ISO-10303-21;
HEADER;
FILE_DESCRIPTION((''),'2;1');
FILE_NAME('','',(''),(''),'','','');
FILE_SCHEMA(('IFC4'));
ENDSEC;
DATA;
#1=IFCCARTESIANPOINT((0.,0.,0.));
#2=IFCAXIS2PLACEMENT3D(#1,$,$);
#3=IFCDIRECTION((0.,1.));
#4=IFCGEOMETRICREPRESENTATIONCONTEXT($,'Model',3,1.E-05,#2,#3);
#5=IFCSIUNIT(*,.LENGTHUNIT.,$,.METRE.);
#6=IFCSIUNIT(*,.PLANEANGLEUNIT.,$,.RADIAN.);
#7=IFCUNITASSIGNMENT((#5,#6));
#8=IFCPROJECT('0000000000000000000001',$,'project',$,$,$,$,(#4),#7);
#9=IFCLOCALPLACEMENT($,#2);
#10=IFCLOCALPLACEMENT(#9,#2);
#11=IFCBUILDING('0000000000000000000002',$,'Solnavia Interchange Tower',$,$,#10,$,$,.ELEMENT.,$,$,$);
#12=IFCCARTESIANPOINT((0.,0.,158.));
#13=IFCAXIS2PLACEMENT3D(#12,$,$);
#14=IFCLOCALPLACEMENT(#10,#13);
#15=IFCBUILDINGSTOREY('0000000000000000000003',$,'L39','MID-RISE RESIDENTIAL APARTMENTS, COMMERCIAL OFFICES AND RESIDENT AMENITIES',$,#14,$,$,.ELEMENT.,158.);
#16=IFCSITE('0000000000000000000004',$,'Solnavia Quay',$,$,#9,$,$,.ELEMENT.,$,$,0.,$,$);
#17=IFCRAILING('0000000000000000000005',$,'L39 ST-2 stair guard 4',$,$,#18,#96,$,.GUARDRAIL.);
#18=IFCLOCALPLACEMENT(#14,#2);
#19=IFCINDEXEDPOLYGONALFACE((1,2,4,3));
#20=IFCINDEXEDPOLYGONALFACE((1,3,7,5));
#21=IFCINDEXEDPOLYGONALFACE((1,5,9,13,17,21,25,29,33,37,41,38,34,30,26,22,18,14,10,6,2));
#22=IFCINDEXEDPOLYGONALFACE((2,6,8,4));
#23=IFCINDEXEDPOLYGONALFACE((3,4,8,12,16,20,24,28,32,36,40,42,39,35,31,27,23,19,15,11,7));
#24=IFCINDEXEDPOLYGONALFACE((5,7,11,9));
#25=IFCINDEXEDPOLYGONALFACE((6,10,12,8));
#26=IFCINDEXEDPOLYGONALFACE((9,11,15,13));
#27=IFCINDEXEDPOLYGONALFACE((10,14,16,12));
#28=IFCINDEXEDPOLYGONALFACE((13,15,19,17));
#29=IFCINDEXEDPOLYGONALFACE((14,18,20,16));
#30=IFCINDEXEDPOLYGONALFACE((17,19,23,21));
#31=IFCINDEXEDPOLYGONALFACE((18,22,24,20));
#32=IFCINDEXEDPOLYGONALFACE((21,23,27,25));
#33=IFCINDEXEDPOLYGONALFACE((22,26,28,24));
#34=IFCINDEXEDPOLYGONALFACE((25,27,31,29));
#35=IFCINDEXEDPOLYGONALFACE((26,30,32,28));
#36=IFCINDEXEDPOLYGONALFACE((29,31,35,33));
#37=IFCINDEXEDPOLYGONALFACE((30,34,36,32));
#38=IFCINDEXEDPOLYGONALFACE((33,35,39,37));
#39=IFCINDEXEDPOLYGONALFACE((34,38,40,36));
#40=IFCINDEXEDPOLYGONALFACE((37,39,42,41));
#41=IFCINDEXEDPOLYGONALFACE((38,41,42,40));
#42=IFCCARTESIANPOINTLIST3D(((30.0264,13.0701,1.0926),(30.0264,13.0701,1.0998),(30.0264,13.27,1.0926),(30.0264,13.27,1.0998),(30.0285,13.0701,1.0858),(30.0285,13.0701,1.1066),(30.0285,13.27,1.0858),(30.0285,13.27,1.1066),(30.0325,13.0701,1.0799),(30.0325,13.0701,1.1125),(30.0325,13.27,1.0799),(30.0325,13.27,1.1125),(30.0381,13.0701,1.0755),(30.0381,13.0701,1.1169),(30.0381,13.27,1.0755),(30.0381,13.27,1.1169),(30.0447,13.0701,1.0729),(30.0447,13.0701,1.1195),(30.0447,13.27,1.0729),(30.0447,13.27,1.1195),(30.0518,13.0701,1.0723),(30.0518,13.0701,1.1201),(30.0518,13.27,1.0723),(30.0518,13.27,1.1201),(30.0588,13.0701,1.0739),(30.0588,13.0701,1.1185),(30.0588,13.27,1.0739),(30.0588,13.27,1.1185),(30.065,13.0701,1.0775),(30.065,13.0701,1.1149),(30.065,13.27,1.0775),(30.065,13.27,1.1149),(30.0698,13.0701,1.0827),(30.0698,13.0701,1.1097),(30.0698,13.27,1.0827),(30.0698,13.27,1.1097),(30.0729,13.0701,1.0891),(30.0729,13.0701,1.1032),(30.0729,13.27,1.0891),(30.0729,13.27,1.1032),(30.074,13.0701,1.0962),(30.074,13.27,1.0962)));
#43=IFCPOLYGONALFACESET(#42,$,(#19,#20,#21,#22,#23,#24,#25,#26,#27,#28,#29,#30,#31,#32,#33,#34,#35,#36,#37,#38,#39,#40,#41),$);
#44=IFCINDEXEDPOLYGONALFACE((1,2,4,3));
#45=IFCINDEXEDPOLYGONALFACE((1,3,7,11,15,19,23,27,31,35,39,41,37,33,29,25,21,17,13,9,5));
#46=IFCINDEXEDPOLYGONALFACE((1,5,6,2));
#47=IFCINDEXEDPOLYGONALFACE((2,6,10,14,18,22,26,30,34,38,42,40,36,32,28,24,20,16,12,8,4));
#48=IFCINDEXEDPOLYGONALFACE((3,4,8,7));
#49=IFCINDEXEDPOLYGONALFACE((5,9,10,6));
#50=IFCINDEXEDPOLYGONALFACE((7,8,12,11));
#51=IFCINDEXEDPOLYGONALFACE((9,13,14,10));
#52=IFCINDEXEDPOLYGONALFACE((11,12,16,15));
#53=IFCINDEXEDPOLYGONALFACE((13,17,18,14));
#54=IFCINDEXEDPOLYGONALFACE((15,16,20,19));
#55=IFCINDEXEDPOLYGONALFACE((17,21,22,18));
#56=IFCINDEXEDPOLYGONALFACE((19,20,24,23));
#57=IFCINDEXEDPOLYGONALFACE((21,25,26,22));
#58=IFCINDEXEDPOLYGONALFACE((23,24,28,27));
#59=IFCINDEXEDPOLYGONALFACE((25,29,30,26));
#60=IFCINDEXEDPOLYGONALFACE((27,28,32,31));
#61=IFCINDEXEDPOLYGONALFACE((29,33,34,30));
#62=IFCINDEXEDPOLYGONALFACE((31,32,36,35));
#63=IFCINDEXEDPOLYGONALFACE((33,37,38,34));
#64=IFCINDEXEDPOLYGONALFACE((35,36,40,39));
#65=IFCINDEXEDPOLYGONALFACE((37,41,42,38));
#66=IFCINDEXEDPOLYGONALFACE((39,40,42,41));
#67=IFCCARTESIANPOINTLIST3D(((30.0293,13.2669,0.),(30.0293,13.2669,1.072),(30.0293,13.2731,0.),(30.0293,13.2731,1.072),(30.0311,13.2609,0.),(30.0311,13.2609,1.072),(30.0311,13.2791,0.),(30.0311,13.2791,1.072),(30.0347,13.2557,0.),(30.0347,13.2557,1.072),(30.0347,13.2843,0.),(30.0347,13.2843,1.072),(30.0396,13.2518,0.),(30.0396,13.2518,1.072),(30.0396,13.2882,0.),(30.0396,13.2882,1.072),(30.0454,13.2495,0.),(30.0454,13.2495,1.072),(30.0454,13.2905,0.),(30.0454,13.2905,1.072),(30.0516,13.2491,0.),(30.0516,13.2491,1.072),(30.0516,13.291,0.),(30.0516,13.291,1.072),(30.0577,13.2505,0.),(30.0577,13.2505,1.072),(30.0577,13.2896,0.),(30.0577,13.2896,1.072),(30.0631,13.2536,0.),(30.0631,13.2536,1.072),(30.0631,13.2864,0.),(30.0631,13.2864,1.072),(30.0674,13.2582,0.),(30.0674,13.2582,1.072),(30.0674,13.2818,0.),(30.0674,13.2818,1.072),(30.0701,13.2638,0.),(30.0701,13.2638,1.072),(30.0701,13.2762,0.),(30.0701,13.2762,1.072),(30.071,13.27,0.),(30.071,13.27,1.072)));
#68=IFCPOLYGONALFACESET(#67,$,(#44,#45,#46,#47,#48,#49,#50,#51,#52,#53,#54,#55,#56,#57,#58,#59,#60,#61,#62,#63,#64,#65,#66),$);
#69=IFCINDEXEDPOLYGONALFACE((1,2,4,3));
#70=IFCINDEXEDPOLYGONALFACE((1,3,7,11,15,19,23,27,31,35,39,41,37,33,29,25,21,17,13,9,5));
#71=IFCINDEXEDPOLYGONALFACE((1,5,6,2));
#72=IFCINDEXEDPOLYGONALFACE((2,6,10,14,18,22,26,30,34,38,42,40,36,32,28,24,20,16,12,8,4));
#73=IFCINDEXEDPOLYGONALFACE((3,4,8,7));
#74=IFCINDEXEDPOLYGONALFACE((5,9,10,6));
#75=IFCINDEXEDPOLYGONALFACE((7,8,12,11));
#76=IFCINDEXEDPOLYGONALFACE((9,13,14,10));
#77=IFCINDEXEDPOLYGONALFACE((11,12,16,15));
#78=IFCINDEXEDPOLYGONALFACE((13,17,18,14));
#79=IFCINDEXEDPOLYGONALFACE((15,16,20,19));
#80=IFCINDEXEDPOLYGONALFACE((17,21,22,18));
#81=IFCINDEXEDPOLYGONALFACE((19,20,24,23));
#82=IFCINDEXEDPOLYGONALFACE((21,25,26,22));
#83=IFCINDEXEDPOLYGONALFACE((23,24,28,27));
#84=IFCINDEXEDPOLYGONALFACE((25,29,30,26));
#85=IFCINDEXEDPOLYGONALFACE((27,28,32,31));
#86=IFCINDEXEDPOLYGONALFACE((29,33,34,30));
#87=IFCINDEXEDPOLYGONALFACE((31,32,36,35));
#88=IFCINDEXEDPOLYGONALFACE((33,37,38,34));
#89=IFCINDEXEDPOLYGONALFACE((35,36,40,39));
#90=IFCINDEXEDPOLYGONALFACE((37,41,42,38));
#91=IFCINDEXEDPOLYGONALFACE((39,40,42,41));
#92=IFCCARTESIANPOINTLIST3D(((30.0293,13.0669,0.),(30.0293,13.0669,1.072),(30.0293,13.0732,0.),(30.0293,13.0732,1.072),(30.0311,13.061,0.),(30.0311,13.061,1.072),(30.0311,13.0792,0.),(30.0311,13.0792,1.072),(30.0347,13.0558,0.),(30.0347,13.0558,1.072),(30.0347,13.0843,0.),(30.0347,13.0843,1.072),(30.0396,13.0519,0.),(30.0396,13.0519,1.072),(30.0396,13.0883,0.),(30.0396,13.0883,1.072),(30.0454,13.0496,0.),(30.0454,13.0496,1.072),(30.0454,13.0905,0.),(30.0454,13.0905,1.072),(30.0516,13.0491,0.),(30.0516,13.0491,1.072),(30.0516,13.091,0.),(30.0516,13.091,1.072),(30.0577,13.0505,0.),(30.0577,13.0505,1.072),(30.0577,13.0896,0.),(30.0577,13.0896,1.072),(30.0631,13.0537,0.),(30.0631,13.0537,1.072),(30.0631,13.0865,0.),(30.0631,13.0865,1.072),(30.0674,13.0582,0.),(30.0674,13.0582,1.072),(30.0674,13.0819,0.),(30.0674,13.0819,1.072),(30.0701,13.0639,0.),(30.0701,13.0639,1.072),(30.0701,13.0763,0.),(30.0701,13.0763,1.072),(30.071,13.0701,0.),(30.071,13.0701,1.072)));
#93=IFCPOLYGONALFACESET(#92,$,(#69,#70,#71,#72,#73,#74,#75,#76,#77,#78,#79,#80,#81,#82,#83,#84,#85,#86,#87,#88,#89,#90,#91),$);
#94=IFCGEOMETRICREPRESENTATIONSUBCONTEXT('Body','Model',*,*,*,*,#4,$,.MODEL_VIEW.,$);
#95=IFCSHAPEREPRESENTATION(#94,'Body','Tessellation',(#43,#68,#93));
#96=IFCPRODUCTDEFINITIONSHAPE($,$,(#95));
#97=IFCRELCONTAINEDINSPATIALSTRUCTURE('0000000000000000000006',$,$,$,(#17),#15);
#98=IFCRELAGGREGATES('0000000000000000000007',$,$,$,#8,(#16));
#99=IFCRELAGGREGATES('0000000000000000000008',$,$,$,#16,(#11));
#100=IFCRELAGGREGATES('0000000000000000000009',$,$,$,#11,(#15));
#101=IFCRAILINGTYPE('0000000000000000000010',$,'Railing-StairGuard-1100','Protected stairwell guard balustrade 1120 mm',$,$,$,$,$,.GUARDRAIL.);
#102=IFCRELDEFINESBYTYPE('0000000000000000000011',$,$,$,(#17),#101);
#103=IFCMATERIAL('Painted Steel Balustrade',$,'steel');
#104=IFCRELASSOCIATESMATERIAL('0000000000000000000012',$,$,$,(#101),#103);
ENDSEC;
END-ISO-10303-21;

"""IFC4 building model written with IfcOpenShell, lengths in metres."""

from ifc_helpers import new_model, si_unit, direction, frame, origin, origin_2d, place, context, subcontext, project, spatial, circle, extrude, material, type_object, element, save


model = new_model("IFC4")

# Units and contexts
model_context = context("Model", 3, precision=1e-05, world=origin(), true_north=direction((0.0, 1.0)))
body_context = subcontext(model_context, "Body", "Model", "MODEL_VIEW")
ifc_project = project(units=[si_unit("LENGTHUNIT", "METRE"), si_unit("PLANEANGLEUNIT", "RADIAN")], contexts=[model_context])

# Site, building, storey
site_placement = place(None, origin())
site = spatial("IfcSite", under=ifc_project, at=site_placement, Name="Solnavia Quay", CompositionType="ELEMENT", RefElevation=0.0)
building_placement = place(site_placement, origin())
building = spatial("IfcBuilding", under=site, at=building_placement, Name="Solnavia Interchange Tower", CompositionType="ELEMENT")
storey_placement = place(building_placement, frame((0.0, 0.0, 158.0)))
storey = spatial("IfcBuildingStorey", under=building, at=storey_placement, Name="L39", Description="MID-RISE RESIDENTIAL APARTMENTS, COMMERCIAL OFFICES AND RESIDENT AMENITIES", CompositionType="ELEMENT", Elevation=158.0)

# Railing
ifc_material_1 = material(Name="Painted Steel Balustrade", Category="steel")
railing_type_1 = type_object("IfcRailingType", Name="Railing-StairGuard-1100", Description="Protected stairwell guard balustrade 1120 mm", PredefinedType="GUARDRAIL", material=ifc_material_1)
railing_1_placement = place(storey_placement, frame((30.05, 13.27, 0.0)))
element("IfcRailing", 1, at=railing_1_placement, inside=storey, type_object=railing_type_1, Name="L39 ST-2 stair guard 4", PredefinedType="GUARDRAIL", context=body_context, shape_type="SweptSolid", body=[
    extrude(circle(Radius=0.0239, at=origin_2d()), frame((0.0, 0.0, 1.0962), z_axis=(0.0, -1.0, 0.0), x_axis=(1.0, 0.0, 0.0)), (0.0, 0.0, 1.0), 0.2),
    extrude(circle(Radius=0.021, at=origin_2d()), origin(), (0.0, 0.0, 1.0), 1.072),
    extrude(circle(Radius=0.021, at=origin_2d()), frame((0.0, -0.2, 0.0)), (0.0, 0.0, 1.0), 1.072),
])

save(model, "model.ifc")
